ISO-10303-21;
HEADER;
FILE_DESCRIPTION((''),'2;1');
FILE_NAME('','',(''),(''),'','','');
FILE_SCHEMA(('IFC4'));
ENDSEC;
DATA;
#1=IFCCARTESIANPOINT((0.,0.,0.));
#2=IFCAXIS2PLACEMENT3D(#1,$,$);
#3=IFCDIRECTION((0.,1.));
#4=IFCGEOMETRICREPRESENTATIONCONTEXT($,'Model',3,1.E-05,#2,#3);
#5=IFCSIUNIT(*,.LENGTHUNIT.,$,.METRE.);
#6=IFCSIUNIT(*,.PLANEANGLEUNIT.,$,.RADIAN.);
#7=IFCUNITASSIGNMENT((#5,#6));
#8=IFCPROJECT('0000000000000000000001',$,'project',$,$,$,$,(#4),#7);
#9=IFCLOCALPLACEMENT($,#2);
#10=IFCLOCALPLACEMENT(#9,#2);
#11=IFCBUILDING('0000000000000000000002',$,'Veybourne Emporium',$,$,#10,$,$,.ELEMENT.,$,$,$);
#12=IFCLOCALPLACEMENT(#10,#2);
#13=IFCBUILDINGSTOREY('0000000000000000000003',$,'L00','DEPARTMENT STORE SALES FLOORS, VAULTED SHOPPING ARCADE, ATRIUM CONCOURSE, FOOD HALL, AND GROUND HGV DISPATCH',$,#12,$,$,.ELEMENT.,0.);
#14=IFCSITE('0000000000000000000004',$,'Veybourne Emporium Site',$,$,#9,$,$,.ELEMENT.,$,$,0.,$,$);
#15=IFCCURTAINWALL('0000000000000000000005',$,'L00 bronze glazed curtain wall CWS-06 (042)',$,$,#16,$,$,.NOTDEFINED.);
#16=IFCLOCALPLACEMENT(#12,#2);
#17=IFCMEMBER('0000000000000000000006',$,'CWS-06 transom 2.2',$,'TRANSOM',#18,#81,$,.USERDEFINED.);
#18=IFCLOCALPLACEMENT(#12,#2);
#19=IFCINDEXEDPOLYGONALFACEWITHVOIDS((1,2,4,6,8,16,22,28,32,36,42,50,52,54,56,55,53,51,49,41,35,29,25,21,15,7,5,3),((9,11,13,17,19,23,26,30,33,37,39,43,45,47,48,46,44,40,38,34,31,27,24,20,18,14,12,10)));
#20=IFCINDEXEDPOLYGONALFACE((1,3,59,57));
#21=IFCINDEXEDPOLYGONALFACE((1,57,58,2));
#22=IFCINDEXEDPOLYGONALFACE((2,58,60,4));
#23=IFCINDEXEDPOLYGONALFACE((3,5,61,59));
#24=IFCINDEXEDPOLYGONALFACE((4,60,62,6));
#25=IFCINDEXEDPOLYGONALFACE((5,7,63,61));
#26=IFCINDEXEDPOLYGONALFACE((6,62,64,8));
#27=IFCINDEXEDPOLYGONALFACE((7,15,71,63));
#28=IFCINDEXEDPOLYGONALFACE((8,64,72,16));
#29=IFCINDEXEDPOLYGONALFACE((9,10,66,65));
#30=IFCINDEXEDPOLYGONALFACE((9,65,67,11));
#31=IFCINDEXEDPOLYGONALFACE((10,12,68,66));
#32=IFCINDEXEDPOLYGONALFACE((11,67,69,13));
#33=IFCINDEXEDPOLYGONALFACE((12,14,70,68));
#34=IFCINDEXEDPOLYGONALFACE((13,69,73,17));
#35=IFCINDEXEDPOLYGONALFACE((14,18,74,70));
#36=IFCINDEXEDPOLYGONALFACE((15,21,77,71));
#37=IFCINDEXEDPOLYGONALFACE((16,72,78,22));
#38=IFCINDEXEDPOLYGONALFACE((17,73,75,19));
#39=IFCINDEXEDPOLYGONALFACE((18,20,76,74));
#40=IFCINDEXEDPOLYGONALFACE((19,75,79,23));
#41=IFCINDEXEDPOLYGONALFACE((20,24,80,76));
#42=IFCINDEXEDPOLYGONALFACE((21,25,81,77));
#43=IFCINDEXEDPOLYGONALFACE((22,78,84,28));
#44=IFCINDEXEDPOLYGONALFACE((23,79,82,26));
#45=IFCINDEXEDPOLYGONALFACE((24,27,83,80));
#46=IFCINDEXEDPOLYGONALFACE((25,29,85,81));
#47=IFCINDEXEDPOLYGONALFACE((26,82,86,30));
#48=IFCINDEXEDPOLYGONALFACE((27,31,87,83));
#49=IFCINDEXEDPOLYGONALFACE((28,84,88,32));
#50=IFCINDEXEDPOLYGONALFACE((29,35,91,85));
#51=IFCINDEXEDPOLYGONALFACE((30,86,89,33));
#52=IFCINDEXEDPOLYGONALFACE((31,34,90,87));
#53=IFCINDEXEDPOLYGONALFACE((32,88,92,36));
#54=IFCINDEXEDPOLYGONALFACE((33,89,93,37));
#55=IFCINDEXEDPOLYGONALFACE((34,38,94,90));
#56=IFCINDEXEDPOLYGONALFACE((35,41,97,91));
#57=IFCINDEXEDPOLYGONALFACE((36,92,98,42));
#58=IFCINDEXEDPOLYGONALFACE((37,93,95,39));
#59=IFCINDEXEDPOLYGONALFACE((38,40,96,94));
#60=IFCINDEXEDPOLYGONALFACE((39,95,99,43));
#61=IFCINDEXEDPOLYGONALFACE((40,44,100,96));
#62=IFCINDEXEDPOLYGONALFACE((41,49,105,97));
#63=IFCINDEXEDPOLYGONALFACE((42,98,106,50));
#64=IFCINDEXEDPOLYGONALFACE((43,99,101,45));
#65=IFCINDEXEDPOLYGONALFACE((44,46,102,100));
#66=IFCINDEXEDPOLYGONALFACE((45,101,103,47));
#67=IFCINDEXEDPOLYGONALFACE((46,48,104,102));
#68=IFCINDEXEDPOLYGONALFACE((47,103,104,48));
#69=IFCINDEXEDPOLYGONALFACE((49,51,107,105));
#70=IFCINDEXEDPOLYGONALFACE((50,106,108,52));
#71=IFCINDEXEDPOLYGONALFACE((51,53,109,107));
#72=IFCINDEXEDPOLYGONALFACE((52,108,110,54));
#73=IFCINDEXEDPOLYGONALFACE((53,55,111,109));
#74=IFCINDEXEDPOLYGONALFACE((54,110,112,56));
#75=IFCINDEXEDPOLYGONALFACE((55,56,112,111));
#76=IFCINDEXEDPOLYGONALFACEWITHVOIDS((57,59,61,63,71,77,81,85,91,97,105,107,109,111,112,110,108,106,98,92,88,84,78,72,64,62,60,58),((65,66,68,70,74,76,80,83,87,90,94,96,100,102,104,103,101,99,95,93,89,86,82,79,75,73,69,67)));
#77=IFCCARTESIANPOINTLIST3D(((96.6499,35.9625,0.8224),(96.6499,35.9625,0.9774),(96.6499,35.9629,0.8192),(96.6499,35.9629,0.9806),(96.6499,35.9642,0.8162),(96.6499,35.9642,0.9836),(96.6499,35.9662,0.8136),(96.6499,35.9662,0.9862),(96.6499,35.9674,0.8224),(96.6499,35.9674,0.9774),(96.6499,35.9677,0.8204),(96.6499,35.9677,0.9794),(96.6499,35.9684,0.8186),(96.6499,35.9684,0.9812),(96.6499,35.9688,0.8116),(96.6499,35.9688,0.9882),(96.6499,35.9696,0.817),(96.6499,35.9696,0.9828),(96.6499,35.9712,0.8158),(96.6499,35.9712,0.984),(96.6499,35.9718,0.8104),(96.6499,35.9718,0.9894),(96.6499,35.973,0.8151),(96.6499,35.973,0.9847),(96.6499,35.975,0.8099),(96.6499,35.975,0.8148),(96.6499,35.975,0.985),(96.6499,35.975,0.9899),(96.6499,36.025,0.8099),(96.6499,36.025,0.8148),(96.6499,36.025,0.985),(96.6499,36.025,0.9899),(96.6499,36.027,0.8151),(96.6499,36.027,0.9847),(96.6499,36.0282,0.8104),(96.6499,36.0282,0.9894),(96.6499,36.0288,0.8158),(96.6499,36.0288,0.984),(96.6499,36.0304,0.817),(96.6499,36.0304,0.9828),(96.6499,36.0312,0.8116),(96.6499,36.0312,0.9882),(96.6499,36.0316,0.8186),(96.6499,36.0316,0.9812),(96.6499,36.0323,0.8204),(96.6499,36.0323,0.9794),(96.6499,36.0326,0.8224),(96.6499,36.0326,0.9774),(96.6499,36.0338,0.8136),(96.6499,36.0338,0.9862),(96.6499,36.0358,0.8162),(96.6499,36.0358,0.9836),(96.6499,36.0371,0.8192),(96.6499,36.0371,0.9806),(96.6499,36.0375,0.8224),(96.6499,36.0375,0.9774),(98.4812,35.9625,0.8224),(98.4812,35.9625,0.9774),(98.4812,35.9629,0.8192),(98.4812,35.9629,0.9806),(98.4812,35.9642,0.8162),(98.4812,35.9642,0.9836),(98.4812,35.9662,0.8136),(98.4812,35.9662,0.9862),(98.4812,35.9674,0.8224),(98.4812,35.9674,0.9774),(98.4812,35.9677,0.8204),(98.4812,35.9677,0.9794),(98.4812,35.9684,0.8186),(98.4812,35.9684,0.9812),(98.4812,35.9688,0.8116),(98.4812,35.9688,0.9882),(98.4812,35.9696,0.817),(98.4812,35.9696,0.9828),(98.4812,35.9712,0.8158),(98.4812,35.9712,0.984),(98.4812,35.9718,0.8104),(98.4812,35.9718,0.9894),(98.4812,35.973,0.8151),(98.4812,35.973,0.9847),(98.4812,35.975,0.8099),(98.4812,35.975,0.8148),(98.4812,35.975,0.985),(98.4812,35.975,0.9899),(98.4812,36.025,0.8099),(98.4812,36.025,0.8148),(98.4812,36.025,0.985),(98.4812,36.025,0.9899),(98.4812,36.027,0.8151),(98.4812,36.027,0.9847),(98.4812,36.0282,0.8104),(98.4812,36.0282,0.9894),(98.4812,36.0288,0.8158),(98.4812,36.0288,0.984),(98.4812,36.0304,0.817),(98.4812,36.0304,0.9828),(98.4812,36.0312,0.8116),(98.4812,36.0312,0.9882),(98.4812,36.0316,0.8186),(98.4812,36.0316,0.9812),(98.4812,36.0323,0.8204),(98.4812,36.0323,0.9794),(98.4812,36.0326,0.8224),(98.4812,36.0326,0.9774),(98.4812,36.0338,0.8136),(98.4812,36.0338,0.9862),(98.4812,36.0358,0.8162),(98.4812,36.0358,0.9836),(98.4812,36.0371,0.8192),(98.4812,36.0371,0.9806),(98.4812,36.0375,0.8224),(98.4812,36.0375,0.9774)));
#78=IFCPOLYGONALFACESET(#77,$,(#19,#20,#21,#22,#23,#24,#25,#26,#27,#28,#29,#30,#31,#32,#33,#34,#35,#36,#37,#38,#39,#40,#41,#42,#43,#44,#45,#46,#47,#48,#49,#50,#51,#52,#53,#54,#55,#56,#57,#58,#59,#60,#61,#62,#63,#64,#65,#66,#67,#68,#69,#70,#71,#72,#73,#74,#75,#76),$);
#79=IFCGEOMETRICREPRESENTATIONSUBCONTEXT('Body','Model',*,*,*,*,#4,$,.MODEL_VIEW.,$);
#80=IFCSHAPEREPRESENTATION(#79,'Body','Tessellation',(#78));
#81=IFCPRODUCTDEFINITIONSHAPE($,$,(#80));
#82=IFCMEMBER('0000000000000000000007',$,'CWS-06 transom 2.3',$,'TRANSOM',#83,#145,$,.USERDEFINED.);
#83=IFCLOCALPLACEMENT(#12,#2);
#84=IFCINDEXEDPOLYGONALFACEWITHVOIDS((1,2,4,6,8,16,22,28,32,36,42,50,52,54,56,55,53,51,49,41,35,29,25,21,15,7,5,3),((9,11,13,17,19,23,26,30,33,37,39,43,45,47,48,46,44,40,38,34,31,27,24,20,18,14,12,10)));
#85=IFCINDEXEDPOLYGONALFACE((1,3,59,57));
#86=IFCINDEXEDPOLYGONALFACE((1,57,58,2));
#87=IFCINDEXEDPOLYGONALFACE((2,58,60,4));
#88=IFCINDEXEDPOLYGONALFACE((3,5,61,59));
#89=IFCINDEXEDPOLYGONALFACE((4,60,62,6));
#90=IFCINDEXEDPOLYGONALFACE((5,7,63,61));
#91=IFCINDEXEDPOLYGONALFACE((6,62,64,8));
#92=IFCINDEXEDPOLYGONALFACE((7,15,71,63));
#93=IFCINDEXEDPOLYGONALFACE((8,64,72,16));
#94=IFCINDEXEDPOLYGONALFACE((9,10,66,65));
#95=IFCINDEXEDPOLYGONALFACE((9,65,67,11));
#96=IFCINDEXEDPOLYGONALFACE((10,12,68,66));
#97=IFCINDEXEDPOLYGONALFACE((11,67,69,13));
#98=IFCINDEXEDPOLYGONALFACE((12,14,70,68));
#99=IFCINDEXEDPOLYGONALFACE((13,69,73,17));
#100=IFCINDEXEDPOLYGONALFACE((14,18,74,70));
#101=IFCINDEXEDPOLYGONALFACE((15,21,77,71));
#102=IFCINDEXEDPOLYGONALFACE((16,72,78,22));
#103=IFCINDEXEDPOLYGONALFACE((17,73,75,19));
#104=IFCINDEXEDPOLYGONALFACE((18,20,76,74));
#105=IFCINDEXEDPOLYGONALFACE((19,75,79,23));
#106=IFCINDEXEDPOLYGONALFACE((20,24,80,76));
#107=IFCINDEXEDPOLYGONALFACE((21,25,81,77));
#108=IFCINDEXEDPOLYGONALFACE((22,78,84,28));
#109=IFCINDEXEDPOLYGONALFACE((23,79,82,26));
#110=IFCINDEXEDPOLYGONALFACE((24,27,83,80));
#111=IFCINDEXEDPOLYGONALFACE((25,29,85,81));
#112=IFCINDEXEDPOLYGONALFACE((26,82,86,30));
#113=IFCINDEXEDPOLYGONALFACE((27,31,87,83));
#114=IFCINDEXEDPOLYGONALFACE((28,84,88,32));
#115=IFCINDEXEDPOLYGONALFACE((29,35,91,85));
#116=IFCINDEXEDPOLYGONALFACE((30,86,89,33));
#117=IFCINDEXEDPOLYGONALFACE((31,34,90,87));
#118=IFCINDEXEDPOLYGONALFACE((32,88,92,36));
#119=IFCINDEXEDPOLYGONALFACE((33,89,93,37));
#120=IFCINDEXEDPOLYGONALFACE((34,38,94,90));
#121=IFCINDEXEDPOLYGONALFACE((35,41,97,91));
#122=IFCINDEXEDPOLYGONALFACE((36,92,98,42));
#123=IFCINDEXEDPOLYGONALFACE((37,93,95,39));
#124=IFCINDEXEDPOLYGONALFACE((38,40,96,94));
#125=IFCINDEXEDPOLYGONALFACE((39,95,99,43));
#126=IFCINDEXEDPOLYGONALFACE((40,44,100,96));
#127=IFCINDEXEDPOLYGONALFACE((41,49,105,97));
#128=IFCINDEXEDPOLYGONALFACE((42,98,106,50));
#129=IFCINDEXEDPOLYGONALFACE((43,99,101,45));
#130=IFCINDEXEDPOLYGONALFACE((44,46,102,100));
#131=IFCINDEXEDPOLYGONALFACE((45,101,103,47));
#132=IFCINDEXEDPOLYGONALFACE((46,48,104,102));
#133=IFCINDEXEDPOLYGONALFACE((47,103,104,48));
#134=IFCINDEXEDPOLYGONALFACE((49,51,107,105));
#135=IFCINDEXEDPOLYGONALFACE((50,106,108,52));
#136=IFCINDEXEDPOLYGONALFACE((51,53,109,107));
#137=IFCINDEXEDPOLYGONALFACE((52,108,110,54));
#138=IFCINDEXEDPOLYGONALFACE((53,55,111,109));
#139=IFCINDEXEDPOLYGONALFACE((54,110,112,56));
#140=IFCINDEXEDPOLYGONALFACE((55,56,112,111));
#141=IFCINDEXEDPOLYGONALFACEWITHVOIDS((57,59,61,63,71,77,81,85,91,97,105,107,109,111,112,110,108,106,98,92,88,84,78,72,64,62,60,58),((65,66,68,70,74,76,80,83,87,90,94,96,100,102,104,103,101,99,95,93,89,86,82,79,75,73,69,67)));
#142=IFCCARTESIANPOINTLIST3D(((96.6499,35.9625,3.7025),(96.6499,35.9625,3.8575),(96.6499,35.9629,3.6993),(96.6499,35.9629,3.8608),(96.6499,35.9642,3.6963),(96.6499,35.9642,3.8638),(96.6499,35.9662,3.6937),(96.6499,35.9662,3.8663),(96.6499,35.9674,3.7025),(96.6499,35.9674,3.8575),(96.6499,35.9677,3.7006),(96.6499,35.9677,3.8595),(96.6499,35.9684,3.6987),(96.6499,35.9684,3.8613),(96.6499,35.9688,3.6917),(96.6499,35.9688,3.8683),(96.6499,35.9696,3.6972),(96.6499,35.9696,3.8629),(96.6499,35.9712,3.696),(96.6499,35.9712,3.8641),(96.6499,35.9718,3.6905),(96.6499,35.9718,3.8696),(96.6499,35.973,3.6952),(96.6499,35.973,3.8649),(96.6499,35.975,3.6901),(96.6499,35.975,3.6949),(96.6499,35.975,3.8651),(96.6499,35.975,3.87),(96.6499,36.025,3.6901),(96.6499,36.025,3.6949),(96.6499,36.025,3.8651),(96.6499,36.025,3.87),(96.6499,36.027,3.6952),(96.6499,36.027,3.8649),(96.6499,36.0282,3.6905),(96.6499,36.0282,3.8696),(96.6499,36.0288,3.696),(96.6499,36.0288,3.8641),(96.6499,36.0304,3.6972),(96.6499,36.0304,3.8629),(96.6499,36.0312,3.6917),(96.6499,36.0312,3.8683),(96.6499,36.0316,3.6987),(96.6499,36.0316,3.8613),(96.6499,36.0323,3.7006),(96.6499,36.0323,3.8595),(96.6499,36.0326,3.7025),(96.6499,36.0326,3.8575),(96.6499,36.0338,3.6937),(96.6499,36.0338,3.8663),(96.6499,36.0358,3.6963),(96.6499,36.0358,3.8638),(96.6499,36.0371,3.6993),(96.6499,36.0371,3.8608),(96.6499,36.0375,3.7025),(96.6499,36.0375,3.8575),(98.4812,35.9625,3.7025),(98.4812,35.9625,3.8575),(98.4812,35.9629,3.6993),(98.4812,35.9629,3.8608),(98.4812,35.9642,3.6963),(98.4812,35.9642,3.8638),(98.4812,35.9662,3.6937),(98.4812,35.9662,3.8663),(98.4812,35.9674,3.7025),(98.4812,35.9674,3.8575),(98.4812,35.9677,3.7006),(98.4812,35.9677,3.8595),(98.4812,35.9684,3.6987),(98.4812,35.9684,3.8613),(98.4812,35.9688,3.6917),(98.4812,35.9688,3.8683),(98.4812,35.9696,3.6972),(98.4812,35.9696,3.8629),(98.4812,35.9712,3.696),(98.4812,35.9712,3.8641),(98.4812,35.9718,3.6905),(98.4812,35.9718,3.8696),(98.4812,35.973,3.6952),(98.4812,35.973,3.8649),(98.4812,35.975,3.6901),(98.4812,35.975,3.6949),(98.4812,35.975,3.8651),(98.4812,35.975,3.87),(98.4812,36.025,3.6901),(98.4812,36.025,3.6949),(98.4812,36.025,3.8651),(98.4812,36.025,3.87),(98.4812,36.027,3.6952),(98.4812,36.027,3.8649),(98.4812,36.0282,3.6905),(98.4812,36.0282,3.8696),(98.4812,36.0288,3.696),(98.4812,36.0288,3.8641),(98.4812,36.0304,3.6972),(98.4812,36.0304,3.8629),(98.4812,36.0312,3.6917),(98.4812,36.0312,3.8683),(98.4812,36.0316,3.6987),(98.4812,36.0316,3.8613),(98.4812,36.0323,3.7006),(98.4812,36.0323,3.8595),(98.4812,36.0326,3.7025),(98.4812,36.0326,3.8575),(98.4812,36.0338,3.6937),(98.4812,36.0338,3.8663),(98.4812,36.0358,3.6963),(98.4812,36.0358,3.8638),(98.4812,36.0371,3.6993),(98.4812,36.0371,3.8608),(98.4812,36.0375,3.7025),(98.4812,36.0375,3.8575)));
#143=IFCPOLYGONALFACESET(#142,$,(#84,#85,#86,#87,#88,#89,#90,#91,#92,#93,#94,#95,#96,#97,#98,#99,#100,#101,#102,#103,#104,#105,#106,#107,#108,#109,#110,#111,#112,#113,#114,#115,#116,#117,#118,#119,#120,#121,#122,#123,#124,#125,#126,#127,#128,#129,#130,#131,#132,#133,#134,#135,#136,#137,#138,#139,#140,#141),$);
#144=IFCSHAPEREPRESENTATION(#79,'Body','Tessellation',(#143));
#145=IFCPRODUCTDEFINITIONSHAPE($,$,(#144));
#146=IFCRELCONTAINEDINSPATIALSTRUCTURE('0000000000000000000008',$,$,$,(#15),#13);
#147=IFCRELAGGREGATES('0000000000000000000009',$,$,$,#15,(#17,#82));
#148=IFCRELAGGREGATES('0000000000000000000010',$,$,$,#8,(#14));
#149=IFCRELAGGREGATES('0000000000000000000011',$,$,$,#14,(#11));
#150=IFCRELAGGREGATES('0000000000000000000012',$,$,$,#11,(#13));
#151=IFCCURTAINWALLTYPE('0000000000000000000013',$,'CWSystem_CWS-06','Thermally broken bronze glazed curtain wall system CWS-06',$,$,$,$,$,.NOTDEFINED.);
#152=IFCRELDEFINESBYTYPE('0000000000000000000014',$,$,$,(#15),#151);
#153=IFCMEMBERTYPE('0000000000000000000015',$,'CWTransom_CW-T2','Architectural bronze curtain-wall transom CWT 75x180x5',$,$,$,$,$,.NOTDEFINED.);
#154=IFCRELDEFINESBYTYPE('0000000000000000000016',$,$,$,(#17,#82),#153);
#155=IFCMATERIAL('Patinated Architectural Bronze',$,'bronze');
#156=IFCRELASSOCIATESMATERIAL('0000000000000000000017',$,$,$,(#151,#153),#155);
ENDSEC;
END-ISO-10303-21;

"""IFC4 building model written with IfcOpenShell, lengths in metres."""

from ifc_helpers import new_model, si_unit, direction, frame, origin, origin_2d, place, context, subcontext, project, spatial, hollow_rectangle, extrude, material, material_profile, profile_set, type_object, element, aggregate, save


model = new_model("IFC4")

# Units and contexts
model_context = context("Model", 3, precision=1e-05, world=origin(), true_north=direction((0.0, 1.0)))
body_context = subcontext(model_context, "Body", "Model", "MODEL_VIEW")
ifc_project = project(units=[si_unit("LENGTHUNIT", "METRE"), si_unit("PLANEANGLEUNIT", "RADIAN")], contexts=[model_context])

# Site, building, storey
site_placement = place(None, origin())
site = spatial("IfcSite", under=ifc_project, at=site_placement, Name="Veybourne Emporium Site", CompositionType="ELEMENT", RefElevation=0.0)
building_placement = place(site_placement, origin())
building = spatial("IfcBuilding", under=site, at=building_placement, Name="Veybourne Emporium", CompositionType="ELEMENT")
storey_placement = place(building_placement, origin())
storey = spatial("IfcBuildingStorey", under=building, at=storey_placement, Name="L00", Description="DEPARTMENT STORE SALES FLOORS, VAULTED SHOPPING ARCADE, ATRIUM CONCOURSE, FOOD HALL, AND GROUND HGV DISPATCH", CompositionType="ELEMENT", Elevation=0.0)

# Curtain wall
ifc_material_1 = material(Name="Patinated Architectural Bronze", Category="bronze")
curtain_wall_type_1 = type_object("IfcCurtainWallType", Name="CWSystem_CWS-06", Description="Thermally broken bronze glazed curtain wall system CWS-06", PredefinedType="NOTDEFINED", material=ifc_material_1)
curtain_wall_1_placement = place(storey_placement, origin())
curtain_wall_1 = element("IfcCurtainWall", 1, at=curtain_wall_1_placement, inside=storey, type_object=curtain_wall_type_1, Name="L00 bronze glazed curtain wall CWS-06 (042)", PredefinedType="NOTDEFINED")

# Members
ifc_material_profile_1 = material_profile(ifc_material_1, hollow_rectangle(XDim=0.075, YDim=0.1799, WallThickness=0.0049, InnerFilletRadius=0.0076, OuterFilletRadius=0.0125, at=origin_2d()), Name="CWT 75x180x5")
ifc_profile_set_1 = profile_set([ifc_material_profile_1], Name="Patinated Architectural Bronze")
member_type_1 = type_object("IfcMemberType", Name="CWTransom_CW-T2", Description="Architectural bronze curtain-wall transom CWT 75x180x5", PredefinedType="NOTDEFINED", material=ifc_profile_set_1)
member_1_placement = place(storey_placement, frame((98.4812, 36.0, 0.8999), z_axis=(-1.0, 0.0, 0.0), x_axis=(0.0, -1.0, 0.0)))
member_1 = element("IfcMember", 2, at=member_1_placement, type_object=member_type_1, Name="CWS-06 transom 2.2", ObjectType="TRANSOM", PredefinedType="USERDEFINED", context=body_context, shape_type="SweptSolid", body=[
    extrude(hollow_rectangle(XDim=0.075, YDim=0.1799, WallThickness=0.0049, InnerFilletRadius=0.0076, OuterFilletRadius=0.0125, at=origin_2d()), origin(), (0.0, 0.0, 1.0), 1.8313),
])
member_2_placement = place(storey_placement, frame((98.4812, 36.0, 3.78), z_axis=(-1.0, 0.0, 0.0), x_axis=(0.0, -1.0, 0.0)))
member_2 = element("IfcMember", 3, at=member_2_placement, type_object=member_type_1, Name="CWS-06 transom 2.3", ObjectType="TRANSOM", PredefinedType="USERDEFINED", context=body_context, shape_type="SweptSolid", body=[
    extrude(hollow_rectangle(XDim=0.075, YDim=0.1799, WallThickness=0.0049, InnerFilletRadius=0.0076, OuterFilletRadius=0.0125, at=origin_2d()), origin(), (0.0, 0.0, 1.0), 1.8313),
])

aggregate(curtain_wall_1, [member_1, member_2])

save(model, "model.ifc")
